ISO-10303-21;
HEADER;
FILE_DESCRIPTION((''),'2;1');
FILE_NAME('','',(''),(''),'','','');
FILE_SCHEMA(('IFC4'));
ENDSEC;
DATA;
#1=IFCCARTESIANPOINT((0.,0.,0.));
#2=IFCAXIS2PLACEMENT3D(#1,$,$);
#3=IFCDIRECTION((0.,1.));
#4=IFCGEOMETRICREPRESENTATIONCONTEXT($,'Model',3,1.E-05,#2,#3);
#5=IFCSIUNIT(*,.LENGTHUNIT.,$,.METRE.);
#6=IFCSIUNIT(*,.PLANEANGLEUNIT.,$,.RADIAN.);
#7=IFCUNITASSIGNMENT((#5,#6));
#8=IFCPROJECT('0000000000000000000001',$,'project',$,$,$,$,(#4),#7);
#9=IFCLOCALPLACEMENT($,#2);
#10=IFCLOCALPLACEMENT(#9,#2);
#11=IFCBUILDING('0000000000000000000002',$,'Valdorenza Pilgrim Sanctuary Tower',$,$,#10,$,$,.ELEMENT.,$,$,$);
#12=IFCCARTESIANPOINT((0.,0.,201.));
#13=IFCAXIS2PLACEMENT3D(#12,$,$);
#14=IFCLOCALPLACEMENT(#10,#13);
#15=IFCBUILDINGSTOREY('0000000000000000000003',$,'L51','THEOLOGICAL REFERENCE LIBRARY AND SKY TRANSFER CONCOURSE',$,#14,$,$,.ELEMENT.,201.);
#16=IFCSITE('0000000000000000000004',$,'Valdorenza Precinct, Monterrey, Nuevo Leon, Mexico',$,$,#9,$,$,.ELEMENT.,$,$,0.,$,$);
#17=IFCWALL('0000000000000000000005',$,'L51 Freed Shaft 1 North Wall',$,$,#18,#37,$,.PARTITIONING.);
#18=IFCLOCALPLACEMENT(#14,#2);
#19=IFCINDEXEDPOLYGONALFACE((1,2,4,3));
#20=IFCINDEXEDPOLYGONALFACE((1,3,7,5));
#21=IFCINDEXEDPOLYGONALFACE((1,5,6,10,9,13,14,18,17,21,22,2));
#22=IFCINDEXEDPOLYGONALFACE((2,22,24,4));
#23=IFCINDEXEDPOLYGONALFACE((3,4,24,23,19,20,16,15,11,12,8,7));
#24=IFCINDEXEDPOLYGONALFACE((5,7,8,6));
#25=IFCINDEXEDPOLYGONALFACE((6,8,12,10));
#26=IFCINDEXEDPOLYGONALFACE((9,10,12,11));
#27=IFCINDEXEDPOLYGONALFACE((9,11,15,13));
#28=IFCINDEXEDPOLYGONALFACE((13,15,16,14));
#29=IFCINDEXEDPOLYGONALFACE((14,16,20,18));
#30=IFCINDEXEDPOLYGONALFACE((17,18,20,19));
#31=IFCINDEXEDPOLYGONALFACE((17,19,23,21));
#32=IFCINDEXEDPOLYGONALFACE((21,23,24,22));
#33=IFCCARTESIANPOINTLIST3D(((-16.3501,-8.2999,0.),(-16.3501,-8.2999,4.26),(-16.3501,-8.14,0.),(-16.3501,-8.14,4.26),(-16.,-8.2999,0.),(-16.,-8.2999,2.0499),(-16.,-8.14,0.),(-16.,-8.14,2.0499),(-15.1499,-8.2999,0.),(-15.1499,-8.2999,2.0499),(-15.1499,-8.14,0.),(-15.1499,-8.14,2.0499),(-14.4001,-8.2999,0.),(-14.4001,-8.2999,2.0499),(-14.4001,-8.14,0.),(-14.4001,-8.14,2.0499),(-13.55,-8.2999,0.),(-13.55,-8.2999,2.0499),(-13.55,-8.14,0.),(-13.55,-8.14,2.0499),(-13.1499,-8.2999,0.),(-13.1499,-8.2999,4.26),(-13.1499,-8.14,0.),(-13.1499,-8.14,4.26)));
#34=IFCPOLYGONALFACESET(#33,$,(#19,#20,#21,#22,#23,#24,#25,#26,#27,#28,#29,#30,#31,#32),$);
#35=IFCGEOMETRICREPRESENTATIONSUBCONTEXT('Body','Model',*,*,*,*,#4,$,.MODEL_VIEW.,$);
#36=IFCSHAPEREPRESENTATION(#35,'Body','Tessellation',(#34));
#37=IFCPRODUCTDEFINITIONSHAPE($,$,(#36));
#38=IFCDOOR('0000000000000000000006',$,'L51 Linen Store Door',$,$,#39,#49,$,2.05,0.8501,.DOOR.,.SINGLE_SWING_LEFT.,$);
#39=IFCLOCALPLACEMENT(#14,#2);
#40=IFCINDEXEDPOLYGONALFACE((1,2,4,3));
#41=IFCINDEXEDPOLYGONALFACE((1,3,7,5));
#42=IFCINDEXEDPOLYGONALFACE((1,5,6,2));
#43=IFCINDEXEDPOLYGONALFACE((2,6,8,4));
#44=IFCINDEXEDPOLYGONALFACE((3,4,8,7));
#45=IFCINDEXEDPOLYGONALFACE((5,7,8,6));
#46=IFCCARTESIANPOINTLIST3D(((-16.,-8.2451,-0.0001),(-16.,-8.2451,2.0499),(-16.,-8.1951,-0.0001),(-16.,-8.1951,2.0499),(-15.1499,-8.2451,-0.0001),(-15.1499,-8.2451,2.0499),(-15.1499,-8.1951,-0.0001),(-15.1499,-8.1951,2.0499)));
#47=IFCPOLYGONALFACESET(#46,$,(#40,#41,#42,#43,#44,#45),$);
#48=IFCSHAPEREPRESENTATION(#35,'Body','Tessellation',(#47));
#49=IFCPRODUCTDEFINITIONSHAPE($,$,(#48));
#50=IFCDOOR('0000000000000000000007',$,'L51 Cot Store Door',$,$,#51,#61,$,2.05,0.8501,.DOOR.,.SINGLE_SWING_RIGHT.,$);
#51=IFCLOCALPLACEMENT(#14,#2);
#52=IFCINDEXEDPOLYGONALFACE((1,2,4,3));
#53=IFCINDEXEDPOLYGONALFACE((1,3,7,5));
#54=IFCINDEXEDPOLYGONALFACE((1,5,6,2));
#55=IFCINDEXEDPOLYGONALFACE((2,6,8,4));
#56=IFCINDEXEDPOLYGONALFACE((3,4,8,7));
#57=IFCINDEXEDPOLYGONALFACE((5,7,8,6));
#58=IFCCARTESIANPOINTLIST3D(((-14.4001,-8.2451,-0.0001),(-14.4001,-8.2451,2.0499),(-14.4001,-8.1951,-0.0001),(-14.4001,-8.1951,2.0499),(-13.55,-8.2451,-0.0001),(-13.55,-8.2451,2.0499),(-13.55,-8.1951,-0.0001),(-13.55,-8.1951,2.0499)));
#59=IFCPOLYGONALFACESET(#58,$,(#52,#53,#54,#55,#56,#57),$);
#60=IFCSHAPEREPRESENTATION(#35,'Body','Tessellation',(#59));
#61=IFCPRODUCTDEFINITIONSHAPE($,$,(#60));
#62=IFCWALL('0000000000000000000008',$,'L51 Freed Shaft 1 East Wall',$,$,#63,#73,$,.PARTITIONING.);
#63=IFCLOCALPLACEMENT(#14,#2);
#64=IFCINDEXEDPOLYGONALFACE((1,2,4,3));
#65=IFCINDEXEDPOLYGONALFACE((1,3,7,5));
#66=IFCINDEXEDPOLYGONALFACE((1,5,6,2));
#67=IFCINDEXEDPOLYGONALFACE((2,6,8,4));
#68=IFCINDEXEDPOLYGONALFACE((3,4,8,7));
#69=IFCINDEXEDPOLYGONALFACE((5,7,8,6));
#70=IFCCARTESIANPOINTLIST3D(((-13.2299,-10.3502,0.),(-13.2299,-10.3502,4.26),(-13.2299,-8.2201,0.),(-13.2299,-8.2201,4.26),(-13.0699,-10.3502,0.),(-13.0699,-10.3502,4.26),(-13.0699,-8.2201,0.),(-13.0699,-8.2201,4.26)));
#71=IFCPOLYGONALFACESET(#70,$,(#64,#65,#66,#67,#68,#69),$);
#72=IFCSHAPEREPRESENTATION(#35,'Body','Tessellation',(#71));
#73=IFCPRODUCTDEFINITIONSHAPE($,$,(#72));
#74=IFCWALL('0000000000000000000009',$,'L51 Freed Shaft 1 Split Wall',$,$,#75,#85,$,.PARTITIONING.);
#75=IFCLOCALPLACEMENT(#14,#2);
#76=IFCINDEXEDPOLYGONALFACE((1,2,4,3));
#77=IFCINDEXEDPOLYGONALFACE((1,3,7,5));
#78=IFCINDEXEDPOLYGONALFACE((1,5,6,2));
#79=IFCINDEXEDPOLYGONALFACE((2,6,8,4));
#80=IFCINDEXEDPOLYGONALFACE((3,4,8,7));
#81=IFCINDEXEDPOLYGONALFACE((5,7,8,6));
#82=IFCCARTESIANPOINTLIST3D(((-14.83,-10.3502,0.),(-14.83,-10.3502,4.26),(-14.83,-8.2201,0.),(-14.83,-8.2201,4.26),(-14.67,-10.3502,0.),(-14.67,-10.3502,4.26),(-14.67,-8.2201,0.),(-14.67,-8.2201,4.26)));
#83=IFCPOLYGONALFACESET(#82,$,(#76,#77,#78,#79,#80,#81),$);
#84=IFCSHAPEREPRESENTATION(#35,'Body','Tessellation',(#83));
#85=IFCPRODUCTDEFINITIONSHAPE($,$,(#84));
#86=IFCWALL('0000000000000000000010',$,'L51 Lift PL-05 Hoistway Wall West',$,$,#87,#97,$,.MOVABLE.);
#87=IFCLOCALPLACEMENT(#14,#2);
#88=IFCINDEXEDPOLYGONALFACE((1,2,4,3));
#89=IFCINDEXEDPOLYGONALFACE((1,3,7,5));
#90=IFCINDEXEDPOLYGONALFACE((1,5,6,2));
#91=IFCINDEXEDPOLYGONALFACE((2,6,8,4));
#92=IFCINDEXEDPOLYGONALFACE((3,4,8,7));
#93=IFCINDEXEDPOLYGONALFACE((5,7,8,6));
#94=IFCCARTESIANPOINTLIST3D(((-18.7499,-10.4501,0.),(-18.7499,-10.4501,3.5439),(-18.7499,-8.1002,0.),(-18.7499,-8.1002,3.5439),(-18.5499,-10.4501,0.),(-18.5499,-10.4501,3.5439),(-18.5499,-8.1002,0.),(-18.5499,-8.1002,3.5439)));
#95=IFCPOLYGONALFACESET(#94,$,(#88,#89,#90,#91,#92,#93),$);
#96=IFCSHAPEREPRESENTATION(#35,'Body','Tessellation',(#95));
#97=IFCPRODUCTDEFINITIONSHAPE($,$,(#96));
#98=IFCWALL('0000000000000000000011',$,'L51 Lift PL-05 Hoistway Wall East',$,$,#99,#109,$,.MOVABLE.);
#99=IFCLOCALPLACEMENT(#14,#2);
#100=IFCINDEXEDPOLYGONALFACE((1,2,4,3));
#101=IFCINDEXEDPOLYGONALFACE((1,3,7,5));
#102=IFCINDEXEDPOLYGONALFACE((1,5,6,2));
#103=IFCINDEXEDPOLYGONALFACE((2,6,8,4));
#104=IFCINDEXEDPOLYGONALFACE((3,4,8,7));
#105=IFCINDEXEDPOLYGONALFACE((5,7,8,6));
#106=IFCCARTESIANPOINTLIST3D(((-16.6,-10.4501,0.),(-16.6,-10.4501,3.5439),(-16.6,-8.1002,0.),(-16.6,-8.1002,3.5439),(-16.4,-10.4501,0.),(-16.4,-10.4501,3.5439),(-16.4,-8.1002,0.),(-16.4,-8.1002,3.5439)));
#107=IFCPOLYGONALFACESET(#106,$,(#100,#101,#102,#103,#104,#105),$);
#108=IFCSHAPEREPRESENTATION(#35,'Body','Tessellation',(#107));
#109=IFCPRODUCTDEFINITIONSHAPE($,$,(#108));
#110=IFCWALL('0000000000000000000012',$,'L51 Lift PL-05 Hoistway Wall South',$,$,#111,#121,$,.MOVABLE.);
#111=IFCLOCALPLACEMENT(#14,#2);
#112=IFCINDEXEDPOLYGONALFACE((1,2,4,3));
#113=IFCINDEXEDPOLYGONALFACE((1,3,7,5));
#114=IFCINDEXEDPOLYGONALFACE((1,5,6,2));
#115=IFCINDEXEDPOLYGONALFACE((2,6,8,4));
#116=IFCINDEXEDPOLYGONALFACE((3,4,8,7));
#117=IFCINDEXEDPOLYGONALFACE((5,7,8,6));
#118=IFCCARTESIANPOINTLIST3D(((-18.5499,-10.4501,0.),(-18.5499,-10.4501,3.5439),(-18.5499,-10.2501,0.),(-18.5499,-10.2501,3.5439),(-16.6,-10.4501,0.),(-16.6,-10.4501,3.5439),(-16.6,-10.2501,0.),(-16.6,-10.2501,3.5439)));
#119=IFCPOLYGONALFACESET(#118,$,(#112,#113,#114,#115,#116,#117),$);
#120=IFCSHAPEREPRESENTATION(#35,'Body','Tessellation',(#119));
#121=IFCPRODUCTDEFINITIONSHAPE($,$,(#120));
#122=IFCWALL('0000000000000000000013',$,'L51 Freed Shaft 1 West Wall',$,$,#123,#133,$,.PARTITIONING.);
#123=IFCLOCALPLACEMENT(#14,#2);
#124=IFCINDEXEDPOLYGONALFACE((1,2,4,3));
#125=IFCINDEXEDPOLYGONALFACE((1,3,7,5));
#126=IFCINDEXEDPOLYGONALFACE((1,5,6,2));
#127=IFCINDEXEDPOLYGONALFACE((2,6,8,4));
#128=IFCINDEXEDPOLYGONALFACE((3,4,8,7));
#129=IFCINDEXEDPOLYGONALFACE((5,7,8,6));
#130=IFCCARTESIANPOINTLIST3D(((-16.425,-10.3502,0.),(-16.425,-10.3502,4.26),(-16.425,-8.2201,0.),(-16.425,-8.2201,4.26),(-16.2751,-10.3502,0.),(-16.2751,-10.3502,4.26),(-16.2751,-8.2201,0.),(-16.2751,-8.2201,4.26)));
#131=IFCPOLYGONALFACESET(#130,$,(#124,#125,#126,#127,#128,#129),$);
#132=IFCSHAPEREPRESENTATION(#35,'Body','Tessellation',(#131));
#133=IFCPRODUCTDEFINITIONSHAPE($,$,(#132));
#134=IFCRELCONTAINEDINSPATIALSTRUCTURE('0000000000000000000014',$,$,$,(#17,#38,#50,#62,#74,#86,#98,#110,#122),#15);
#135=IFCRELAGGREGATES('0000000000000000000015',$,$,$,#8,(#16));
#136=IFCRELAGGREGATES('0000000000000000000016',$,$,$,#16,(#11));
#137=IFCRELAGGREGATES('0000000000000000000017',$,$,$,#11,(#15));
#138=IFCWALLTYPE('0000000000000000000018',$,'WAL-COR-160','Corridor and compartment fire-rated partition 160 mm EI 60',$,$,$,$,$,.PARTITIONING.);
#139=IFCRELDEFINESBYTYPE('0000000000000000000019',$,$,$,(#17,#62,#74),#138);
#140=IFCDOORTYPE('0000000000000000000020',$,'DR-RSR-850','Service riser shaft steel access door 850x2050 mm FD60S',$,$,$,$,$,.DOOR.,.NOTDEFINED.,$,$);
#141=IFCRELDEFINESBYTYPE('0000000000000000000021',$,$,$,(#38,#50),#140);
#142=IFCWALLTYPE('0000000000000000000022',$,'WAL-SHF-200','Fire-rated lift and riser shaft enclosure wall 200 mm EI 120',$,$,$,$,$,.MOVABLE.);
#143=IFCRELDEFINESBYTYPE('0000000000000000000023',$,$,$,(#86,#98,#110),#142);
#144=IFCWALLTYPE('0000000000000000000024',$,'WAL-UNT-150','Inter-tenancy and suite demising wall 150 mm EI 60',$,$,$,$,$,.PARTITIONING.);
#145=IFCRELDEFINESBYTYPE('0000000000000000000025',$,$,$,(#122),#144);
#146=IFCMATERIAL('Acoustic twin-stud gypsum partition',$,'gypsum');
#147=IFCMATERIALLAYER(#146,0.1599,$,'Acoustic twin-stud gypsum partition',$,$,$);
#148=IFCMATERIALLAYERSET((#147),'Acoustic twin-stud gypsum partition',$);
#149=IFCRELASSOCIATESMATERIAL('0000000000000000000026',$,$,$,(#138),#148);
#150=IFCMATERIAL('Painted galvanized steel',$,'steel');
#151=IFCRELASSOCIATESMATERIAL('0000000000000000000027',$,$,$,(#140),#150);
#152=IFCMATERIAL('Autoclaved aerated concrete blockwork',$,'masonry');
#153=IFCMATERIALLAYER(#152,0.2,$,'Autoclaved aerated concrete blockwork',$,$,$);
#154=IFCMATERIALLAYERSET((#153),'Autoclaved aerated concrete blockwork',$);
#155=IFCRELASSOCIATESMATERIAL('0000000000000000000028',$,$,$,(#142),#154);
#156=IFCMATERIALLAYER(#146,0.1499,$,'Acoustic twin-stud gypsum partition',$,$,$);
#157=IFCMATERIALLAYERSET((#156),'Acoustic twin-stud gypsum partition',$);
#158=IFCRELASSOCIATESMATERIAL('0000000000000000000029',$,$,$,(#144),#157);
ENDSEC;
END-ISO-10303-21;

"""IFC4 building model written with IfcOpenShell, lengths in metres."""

from ifc_helpers import new_model, si_unit, direction, frame, frame_2d, origin, place, context, subcontext, project, spatial, rectangle, extrude, material, layer, layer_set, type_object, element, fill, save


model = new_model("IFC4")

# Units and contexts
model_context = context("Model", 3, precision=1e-05, world=origin(), true_north=direction((0.0, 1.0)))
body_context = subcontext(model_context, "Body", "Model", "MODEL_VIEW")
ifc_project = project(units=[si_unit("LENGTHUNIT", "METRE"), si_unit("PLANEANGLEUNIT", "RADIAN")], contexts=[model_context])

# Site, building, storey
site_placement = place(None, origin())
site = spatial("IfcSite", under=ifc_project, at=site_placement, Name="Valdorenza Precinct, Monterrey, Nuevo Leon, Mexico", CompositionType="ELEMENT", RefElevation=0.0)
building_placement = place(site_placement, origin())
building = spatial("IfcBuilding", under=site, at=building_placement, Name="Valdorenza Pilgrim Sanctuary Tower", CompositionType="ELEMENT")
storey_placement = place(building_placement, frame((0.0, 0.0, 201.0)))
storey = spatial("IfcBuildingStorey", under=building, at=storey_placement, Name="L51", Description="THEOLOGICAL REFERENCE LIBRARY AND SKY TRANSFER CONCOURSE", CompositionType="ELEMENT", Elevation=201.0)

# Wall, openings, doors
ifc_material_1 = material(Name="Acoustic twin-stud gypsum partition", Category="gypsum")
ifc_layer_1 = layer(ifc_material_1, 0.1599, Name="Acoustic twin-stud gypsum partition")
ifc_layer_set_1 = layer_set([ifc_layer_1], Name="Acoustic twin-stud gypsum partition")
wall_type_1 = type_object("IfcWallType", Name="WAL-COR-160", Description="Corridor and compartment fire-rated partition 160 mm EI 60", PredefinedType="PARTITIONING", material=ifc_layer_set_1)
wall_1_placement = place(storey_placement, frame((-16.3501, -8.22, 0.0), z_axis=(0.0, 0.0, 1.0), x_axis=(1.0, 0.0, 0.0)))
wall_1 = element("IfcWall", 1, at=wall_1_placement, inside=storey, type_object=wall_type_1, Name="L51 Freed Shaft 1 North Wall", PredefinedType="PARTITIONING", context=body_context, shape_type="SweptSolid", body=[
    extrude(rectangle(XDim=3.2002, YDim=0.1599, at=frame_2d((1.6001, 0.0))), origin(), (0.0, 0.0, 1.0), 4.26),
])
opening_1_placement = place(wall_1_placement, frame((0.3501, 0.0, 0.0)))
opening_1 = element("IfcOpeningElement", 2, at=opening_1_placement, cuts=wall_1, PredefinedType="OPENING", context=body_context, shape_type="SweptSolid", body=[
    extrude(rectangle(XDim=0.8501, YDim=2.05, at=frame_2d((0.425, 1.0249))), frame((0.0, 0.0947, 0.0), z_axis=(0.0, -1.0, 0.0), x_axis=(1.0, 0.0, 0.0)), (0.0, 0.0, 1.0), 0.1897),
])
opening_2_placement = place(wall_1_placement, frame((1.95, 0.0, 0.0)))
opening_2 = element("IfcOpeningElement", 3, at=opening_2_placement, cuts=wall_1, PredefinedType="OPENING", context=body_context, shape_type="SweptSolid", body=[
    extrude(rectangle(XDim=0.8501, YDim=2.05, at=frame_2d((0.425, 1.0249))), frame((0.0, 0.0947, 0.0), z_axis=(0.0, -1.0, 0.0), x_axis=(1.0, 0.0, 0.0)), (0.0, 0.0, 1.0), 0.1897),
])
ifc_material_2 = material(Name="Painted galvanized steel", Category="steel")
door_type = type_object("IfcDoorType", Name="DR-RSR-850", Description="Service riser shaft steel access door 850x2050 mm FD60S", OperationType="NOTDEFINED", PredefinedType="DOOR", material=ifc_material_2)
door_1_placement = place(opening_1_placement, origin())
door_1 = element("IfcDoor", 4, at=door_1_placement, inside=storey, type_object=door_type, Name="L51 Linen Store Door", OperationType="SINGLE_SWING_LEFT", OverallHeight=2.05, OverallWidth=0.8501, PredefinedType="DOOR", context=body_context, shape_type="SweptSolid", body=[
    extrude(rectangle(XDim=0.8501, YDim=2.05, at=frame_2d((0.425, 1.0249))), frame((0.0, 0.0249, 0.0), z_axis=(0.0, -1.0, 0.0), x_axis=(1.0, 0.0, 0.0)), (0.0, 0.0, 1.0), 0.05),
])
fill(opening_1, door_1)
door_2_placement = place(opening_2_placement, origin())
door_2 = element("IfcDoor", 5, at=door_2_placement, inside=storey, type_object=door_type, Name="L51 Cot Store Door", OperationType="SINGLE_SWING_RIGHT", OverallHeight=2.05, OverallWidth=0.8501, PredefinedType="DOOR", context=body_context, shape_type="SweptSolid", body=[
    extrude(rectangle(XDim=0.8501, YDim=2.05, at=frame_2d((0.425, 1.0249))), frame((0.0, 0.0249, 0.0), z_axis=(0.0, -1.0, 0.0), x_axis=(1.0, 0.0, 0.0)), (0.0, 0.0, 1.0), 0.05),
])
fill(opening_2, door_2)

# Walls
for number, where, z_axis, x_axis, name in (
    (6, (-13.1499, -10.3501, 0.0), (0.0, 0.0, 1.0), (0.0, 1.0, 0.0), "L51 Freed Shaft 1 East Wall"),
    (7, (-14.75, -10.3501, 0.0), (0.0, 0.0, 1.0), (0.0, 1.0, 0.0), "L51 Freed Shaft 1 Split Wall"),
):
    element("IfcWall", number, at=place(storey_placement, frame(where, z_axis=z_axis, x_axis=x_axis)), inside=storey, type_object=wall_type_1, Name=name, PredefinedType="PARTITIONING", context=body_context, shape_type="SweptSolid", body=[
        extrude(rectangle(XDim=2.1301, YDim=0.1599, at=frame_2d((1.0649, 0.0))), origin(), (0.0, 0.0, 1.0), 4.26),
    ])
ifc_material_3 = material(Name="Autoclaved aerated concrete blockwork", Category="masonry")
ifc_layer_2 = layer(ifc_material_3, 0.2, Name="Autoclaved aerated concrete blockwork")
ifc_layer_set_2 = layer_set([ifc_layer_2], Name="Autoclaved aerated concrete blockwork")
wall_type_2 = type_object("IfcWallType", Name="WAL-SHF-200", Description="Fire-rated lift and riser shaft enclosure wall 200 mm EI 120", PredefinedType="MOVABLE", material=ifc_layer_set_2)
for number, where, z_axis, x_axis, name in (
    (8, (-18.6499, -10.45, 0.0), (0.0, 0.0, 1.0), (0.0, 1.0, 0.0), "L51 Lift PL-05 Hoistway Wall West"),
    (9, (-16.5, -10.45, 0.0), (0.0, 0.0, 1.0), (0.0, 1.0, 0.0), "L51 Lift PL-05 Hoistway Wall East"),
):
    element("IfcWall", number, at=place(storey_placement, frame(where, z_axis=z_axis, x_axis=x_axis)), inside=storey, type_object=wall_type_2, Name=name, PredefinedType="MOVABLE", context=body_context, shape_type="SweptSolid", body=[
        extrude(rectangle(XDim=2.3499, YDim=0.2, at=frame_2d((1.1748, 0.0))), origin(), (0.0, 0.0, 1.0), 3.5439),
    ])
wall_2_placement = place(storey_placement, frame((-18.55, -10.3501, 0.0), z_axis=(0.0, 0.0, 1.0), x_axis=(1.0, 0.0, 0.0)))
element("IfcWall", 10, at=wall_2_placement, inside=storey, type_object=wall_type_2, Name="L51 Lift PL-05 Hoistway Wall South", PredefinedType="MOVABLE", context=body_context, shape_type="SweptSolid", body=[
    extrude(rectangle(XDim=1.95, YDim=0.2, at=frame_2d((0.9751, 0.0))), origin(), (0.0, 0.0, 1.0), 3.5439),
])
ifc_layer_3 = layer(ifc_material_1, 0.1499, Name="Acoustic twin-stud gypsum partition")
ifc_layer_set_3 = layer_set([ifc_layer_3], Name="Acoustic twin-stud gypsum partition")
wall_type_3 = type_object("IfcWallType", Name="WAL-UNT-150", Description="Inter-tenancy and suite demising wall 150 mm EI 60", PredefinedType="PARTITIONING", material=ifc_layer_set_3)
wall_3_placement = place(storey_placement, frame((-16.3501, -10.3501, 0.0), z_axis=(0.0, 0.0, 1.0), x_axis=(0.0, 1.0, 0.0)))
element("IfcWall", 11, at=wall_3_placement, inside=storey, type_object=wall_type_3, Name="L51 Freed Shaft 1 West Wall", PredefinedType="PARTITIONING", context=body_context, shape_type="SweptSolid", body=[
    extrude(rectangle(XDim=2.1301, YDim=0.1499, at=frame_2d((1.0649, 0.0))), origin(), (0.0, 0.0, 1.0), 4.26),
])

save(model, "model.ifc")
